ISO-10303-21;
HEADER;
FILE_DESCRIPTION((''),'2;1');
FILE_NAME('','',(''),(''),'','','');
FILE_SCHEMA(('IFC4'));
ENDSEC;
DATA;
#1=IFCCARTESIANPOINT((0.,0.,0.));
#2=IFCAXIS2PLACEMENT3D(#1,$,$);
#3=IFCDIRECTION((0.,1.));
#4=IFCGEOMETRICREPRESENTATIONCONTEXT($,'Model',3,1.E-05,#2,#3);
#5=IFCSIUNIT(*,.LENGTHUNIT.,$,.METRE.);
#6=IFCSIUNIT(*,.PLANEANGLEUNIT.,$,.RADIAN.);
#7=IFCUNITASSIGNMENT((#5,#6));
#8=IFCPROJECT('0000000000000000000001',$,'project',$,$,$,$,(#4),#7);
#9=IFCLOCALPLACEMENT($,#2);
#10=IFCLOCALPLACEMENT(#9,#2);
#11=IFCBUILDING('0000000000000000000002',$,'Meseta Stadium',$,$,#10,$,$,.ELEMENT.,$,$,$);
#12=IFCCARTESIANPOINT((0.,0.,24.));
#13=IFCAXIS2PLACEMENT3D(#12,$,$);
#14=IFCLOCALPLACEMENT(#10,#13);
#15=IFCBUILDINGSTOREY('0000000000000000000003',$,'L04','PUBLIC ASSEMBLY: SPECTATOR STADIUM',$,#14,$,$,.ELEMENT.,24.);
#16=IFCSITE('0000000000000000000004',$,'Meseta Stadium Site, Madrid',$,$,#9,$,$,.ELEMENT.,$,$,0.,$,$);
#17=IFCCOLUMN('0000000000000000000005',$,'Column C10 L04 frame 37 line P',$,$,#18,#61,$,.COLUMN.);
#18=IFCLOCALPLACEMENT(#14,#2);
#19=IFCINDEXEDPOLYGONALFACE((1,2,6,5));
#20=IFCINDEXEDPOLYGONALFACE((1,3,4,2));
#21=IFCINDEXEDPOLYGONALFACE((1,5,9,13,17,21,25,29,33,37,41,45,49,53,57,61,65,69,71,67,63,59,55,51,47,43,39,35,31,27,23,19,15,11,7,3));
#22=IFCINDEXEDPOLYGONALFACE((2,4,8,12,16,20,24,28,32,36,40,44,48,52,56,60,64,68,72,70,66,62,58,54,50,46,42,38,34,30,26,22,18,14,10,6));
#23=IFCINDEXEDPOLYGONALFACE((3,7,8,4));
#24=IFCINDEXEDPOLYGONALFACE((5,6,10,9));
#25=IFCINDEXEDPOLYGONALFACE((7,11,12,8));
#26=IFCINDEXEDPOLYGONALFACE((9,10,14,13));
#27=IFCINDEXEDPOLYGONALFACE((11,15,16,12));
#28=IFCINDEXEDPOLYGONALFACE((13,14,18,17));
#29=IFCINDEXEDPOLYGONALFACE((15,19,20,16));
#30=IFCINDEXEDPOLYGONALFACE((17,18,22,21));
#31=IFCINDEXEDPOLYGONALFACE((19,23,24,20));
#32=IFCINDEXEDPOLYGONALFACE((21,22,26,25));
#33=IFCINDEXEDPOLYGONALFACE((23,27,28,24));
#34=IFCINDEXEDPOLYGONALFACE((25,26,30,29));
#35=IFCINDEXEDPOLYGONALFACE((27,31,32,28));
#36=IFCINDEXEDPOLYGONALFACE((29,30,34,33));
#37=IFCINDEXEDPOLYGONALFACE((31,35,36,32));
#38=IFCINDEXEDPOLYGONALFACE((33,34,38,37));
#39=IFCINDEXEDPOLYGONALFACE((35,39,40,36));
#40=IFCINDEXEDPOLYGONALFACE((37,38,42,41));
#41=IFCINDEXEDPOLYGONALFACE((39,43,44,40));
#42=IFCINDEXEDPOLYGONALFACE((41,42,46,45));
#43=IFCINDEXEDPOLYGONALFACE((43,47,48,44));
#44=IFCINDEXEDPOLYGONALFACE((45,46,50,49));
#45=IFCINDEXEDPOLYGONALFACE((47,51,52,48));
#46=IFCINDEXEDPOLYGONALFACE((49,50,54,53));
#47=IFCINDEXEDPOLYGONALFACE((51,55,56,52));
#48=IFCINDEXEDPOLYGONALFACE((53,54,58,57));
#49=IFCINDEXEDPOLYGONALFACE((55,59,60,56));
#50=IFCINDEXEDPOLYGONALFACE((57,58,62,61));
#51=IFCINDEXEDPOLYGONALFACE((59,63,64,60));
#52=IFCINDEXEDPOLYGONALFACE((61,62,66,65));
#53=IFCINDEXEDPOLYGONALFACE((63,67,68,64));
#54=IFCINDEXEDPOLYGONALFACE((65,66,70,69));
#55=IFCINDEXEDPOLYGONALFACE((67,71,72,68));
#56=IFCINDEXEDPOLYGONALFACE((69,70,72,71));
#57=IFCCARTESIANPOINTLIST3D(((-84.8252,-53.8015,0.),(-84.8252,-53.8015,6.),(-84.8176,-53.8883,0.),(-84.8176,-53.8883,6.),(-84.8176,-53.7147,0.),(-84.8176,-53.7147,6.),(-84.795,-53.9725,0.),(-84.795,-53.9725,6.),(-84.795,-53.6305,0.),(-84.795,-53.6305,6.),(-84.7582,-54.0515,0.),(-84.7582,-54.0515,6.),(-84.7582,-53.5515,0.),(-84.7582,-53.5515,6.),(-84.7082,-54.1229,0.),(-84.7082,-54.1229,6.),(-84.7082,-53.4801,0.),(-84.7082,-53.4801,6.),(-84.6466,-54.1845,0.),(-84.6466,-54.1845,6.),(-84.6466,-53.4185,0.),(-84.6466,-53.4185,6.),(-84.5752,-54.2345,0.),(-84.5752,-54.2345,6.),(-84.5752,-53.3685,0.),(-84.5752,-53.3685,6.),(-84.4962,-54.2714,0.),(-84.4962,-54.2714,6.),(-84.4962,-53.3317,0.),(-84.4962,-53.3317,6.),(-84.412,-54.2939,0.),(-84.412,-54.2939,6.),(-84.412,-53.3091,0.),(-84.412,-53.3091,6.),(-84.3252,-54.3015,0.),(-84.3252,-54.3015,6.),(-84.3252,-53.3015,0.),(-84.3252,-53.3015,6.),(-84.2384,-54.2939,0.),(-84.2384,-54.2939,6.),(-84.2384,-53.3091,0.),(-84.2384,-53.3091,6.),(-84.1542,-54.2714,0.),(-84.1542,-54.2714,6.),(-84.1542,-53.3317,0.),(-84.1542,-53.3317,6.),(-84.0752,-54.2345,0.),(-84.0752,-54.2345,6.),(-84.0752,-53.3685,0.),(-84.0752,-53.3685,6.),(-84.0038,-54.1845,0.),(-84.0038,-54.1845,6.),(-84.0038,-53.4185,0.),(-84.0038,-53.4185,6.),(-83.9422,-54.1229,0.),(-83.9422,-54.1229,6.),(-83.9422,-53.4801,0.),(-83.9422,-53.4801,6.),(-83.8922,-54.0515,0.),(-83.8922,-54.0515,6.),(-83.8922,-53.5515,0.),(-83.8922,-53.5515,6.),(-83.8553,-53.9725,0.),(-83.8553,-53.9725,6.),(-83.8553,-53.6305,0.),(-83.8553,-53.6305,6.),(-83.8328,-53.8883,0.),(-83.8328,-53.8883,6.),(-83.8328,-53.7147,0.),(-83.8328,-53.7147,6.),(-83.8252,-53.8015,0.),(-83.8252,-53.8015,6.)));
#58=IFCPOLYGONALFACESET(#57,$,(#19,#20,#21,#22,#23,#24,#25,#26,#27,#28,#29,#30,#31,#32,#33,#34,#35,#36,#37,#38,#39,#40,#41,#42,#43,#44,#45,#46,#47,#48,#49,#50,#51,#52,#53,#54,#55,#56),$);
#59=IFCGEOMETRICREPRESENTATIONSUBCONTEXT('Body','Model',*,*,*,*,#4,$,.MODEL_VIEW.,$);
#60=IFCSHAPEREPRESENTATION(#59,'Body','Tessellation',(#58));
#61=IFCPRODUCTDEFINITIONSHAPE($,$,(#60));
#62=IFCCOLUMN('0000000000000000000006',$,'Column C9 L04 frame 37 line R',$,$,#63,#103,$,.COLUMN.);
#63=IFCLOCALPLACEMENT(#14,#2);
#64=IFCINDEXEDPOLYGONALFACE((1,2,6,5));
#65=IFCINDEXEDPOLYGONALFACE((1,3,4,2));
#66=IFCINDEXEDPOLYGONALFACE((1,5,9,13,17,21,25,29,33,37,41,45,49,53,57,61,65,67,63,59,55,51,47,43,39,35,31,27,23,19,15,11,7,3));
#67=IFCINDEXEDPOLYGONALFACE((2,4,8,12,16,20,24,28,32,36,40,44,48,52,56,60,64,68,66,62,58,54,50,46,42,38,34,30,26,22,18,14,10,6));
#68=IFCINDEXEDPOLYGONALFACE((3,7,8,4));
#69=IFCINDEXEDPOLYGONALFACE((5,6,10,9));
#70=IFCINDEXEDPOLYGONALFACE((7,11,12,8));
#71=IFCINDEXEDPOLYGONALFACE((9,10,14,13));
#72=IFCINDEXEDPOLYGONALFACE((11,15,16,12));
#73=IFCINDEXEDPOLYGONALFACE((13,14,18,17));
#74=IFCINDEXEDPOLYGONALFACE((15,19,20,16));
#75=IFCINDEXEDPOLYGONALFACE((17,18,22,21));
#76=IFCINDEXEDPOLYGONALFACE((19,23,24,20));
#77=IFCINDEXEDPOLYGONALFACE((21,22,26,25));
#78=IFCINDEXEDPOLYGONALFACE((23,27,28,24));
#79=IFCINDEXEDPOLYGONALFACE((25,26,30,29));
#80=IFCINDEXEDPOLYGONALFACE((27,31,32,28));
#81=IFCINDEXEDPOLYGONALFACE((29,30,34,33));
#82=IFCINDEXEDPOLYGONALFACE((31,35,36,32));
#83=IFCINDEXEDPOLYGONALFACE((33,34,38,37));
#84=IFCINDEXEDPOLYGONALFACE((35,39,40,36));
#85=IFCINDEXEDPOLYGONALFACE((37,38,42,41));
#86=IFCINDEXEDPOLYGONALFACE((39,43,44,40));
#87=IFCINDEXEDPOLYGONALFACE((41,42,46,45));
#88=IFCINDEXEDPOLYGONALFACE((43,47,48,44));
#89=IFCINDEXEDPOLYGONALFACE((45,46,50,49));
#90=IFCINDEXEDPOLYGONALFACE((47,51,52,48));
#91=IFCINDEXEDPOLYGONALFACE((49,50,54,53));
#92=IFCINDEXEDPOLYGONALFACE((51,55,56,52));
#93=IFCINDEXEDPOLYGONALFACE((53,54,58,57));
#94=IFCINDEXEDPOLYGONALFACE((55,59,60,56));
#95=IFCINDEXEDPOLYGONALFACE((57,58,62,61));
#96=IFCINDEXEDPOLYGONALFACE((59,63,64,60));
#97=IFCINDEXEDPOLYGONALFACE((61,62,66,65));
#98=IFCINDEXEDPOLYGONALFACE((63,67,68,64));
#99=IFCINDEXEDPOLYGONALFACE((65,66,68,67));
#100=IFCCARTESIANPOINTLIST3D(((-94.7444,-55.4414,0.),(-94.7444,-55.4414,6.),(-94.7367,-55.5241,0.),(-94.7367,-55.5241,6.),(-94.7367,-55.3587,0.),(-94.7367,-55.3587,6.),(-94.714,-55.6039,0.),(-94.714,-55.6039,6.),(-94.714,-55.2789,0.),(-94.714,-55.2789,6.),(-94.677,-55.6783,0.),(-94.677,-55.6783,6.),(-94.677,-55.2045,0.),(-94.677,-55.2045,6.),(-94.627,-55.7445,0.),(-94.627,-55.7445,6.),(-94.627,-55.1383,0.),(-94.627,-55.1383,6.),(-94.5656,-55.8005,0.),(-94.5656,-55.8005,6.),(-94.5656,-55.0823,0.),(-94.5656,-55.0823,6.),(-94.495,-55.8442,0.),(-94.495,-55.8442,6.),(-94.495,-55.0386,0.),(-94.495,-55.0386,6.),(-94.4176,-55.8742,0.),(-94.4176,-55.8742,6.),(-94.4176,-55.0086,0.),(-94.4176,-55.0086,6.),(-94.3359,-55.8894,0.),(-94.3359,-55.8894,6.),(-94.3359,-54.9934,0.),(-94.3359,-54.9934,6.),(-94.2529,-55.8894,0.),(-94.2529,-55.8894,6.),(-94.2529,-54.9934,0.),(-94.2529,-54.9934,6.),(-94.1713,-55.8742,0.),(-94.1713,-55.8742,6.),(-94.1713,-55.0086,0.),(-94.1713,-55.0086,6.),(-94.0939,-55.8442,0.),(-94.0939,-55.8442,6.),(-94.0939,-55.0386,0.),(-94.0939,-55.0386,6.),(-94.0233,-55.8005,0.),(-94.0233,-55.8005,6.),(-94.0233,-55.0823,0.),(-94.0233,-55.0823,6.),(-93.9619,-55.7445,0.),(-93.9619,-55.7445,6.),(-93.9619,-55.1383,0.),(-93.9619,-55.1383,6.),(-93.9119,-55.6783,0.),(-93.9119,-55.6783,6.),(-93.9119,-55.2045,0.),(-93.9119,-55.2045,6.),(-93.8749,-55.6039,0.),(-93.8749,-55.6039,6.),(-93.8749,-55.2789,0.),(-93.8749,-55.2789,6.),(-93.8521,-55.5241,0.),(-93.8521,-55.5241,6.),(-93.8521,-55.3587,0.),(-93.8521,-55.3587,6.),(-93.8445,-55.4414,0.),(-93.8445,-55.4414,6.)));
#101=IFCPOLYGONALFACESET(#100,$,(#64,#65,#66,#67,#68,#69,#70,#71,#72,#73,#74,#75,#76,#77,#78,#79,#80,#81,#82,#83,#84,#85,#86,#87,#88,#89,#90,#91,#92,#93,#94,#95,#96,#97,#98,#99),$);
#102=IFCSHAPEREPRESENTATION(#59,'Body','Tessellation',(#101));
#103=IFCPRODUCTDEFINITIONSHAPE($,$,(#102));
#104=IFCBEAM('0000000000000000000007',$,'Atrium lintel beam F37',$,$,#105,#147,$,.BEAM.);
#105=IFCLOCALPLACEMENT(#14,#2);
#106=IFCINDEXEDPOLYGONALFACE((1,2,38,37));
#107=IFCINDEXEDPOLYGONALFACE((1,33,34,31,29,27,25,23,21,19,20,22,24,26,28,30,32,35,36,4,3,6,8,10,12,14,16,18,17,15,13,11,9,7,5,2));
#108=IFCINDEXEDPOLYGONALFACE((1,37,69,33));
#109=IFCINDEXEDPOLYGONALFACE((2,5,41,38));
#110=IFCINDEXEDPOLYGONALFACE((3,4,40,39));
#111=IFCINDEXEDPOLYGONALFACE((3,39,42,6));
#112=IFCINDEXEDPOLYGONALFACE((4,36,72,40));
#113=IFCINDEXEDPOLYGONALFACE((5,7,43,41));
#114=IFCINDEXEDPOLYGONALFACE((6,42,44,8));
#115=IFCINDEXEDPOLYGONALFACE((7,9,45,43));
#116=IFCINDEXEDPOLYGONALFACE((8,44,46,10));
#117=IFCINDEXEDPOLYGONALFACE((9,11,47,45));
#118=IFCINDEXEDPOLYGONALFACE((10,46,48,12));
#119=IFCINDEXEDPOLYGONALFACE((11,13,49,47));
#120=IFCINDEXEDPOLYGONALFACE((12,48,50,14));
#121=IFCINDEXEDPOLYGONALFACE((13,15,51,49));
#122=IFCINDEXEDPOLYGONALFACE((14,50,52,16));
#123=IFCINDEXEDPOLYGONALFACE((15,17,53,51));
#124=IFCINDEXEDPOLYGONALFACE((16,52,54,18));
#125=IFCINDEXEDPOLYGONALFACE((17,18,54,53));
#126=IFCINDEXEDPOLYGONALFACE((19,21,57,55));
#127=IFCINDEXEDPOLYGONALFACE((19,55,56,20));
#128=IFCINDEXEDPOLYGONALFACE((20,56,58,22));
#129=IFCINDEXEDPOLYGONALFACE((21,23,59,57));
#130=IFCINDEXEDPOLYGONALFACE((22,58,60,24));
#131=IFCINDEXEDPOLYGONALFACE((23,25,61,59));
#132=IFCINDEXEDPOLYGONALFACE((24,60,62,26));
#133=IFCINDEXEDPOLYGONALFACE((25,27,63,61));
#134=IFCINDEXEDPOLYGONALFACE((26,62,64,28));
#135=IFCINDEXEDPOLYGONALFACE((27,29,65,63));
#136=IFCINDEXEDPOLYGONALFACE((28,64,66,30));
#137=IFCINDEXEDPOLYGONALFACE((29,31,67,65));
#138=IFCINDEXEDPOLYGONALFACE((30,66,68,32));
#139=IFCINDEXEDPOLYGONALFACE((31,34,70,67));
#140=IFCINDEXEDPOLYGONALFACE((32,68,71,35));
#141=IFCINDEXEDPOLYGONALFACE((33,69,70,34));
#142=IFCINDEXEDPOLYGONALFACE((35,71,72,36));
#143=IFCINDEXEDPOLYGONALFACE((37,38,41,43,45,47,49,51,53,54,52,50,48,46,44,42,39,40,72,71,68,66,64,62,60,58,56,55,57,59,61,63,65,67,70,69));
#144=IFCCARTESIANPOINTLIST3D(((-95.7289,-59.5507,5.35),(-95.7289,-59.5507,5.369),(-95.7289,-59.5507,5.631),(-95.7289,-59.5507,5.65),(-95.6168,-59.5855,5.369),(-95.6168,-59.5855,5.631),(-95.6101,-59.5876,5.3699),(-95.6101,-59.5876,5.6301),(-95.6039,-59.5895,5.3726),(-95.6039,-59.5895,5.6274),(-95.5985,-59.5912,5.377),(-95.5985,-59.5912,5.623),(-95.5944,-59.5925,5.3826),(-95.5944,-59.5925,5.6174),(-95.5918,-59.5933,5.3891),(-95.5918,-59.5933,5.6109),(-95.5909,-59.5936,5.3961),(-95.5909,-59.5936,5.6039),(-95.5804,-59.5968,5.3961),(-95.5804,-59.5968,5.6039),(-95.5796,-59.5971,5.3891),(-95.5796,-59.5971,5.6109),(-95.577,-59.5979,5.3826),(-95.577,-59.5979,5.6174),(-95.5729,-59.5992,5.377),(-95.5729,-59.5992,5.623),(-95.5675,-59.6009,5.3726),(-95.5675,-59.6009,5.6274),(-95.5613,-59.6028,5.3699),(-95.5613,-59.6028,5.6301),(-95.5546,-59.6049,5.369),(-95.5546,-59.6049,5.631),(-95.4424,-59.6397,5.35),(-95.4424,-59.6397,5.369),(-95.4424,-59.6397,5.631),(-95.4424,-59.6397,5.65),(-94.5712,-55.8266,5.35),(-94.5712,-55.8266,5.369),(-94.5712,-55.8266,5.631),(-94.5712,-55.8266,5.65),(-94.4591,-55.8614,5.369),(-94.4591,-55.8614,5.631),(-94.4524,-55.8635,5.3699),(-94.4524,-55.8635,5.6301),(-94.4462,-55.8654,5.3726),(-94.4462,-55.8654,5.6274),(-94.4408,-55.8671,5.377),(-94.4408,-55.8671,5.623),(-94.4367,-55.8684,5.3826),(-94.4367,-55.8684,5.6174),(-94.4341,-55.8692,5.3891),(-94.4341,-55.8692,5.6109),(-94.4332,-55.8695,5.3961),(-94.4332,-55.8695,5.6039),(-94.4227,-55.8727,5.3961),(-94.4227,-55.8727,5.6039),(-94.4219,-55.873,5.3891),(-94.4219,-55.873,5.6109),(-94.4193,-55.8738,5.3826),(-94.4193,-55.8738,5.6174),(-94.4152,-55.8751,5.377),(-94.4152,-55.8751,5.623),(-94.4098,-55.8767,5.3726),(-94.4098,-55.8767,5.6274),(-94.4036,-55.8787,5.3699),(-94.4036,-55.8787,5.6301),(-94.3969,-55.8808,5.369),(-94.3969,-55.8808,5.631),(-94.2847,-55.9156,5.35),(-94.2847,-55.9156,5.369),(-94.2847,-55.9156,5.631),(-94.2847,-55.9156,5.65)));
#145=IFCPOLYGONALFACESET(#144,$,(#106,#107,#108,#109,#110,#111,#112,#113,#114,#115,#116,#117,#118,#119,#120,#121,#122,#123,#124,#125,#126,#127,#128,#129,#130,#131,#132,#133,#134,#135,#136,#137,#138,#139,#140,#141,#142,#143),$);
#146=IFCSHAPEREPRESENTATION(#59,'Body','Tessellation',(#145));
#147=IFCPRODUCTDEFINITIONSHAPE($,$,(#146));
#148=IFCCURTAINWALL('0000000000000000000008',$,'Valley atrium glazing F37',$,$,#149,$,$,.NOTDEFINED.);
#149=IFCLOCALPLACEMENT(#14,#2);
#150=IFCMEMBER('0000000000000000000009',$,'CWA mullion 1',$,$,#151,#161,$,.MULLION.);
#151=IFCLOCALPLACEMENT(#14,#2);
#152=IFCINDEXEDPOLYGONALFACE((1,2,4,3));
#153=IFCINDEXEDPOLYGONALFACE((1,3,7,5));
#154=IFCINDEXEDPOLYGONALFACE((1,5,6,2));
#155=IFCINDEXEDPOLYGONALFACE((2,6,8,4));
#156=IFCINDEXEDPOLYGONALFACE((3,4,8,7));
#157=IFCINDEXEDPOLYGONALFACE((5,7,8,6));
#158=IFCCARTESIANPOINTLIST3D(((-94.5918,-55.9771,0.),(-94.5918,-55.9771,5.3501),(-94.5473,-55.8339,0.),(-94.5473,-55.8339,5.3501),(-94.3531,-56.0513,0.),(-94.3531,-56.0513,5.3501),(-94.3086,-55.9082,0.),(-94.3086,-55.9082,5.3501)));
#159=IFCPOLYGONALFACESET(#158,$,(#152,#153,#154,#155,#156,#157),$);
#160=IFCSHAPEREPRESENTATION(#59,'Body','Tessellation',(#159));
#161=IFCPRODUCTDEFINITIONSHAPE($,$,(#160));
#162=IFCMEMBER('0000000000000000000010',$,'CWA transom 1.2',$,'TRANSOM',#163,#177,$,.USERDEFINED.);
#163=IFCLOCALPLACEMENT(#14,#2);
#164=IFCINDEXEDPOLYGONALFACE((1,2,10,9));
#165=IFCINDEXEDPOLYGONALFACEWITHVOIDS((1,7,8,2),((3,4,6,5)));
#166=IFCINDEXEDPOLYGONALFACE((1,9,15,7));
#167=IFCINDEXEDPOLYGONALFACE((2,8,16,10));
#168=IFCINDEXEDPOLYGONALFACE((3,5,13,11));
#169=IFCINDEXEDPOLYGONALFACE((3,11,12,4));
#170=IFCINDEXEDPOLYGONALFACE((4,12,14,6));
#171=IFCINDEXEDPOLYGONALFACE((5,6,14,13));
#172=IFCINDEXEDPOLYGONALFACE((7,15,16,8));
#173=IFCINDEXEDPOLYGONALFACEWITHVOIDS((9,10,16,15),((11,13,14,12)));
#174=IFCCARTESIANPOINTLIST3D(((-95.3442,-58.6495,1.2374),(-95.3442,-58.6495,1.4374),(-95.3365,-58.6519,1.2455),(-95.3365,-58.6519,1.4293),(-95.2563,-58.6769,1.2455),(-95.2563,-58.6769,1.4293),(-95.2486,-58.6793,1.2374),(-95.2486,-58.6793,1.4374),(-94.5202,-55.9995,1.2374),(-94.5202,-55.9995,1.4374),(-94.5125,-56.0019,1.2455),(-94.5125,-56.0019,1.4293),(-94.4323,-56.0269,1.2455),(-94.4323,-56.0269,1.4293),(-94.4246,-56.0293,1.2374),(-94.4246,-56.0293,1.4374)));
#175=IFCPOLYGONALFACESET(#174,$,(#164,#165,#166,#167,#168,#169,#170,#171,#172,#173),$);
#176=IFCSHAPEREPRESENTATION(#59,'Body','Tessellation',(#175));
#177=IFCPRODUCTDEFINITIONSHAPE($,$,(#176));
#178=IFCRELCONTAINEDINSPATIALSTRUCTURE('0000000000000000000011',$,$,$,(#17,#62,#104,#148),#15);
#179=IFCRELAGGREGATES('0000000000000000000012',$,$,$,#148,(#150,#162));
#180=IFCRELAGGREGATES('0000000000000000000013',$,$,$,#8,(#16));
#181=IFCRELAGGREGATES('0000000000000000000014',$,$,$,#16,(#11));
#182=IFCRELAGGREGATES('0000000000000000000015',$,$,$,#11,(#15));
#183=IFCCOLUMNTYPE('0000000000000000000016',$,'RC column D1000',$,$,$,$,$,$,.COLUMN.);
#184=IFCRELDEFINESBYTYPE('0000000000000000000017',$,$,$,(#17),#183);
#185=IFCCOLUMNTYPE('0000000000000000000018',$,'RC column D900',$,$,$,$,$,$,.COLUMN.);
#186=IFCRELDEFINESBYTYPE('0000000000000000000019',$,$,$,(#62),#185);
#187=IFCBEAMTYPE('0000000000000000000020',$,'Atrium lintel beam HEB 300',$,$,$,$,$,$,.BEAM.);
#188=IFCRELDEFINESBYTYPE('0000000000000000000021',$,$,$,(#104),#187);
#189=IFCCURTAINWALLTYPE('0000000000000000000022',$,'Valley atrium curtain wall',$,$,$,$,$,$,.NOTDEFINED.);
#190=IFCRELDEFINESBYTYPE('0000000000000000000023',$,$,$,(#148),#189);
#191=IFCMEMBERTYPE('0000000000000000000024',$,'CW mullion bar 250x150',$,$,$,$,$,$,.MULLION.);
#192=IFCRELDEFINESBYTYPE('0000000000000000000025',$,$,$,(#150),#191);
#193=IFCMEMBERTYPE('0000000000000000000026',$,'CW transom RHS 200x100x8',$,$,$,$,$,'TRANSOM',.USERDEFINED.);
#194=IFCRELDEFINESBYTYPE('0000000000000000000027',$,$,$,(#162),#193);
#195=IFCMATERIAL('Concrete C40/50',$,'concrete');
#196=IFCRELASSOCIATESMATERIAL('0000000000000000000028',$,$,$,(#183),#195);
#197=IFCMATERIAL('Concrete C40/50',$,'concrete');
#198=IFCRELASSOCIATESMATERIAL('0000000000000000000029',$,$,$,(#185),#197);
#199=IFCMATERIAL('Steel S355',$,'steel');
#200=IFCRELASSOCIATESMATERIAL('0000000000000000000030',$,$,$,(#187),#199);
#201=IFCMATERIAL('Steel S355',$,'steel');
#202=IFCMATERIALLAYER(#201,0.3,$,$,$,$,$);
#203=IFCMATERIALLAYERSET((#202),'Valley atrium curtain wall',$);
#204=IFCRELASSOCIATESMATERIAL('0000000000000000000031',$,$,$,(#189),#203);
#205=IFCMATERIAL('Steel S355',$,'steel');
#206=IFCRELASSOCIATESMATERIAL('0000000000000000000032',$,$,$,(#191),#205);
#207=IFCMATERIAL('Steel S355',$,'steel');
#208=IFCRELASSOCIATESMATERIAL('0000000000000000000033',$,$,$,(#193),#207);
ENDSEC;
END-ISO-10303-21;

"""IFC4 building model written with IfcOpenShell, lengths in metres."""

from ifc_helpers import new_model, si_unit, direction, frame, origin, origin_2d, place, context, subcontext, project, spatial, rectangle, hollow_rectangle, circle, i_section, extrude, material, layer, layer_set, material_profile, profile_set, type_object, element, aggregate, save


model = new_model("IFC4")

# Units and contexts
model_context = context("Model", 3, precision=1e-05, world=origin(), true_north=direction((0.0, 1.0)))
body_context = subcontext(model_context, "Body", "Model", "MODEL_VIEW")
ifc_project = project(units=[si_unit("LENGTHUNIT", "METRE"), si_unit("PLANEANGLEUNIT", "RADIAN")], contexts=[model_context])

# Site, building, storey
site_placement = place(None, origin())
site = spatial("IfcSite", under=ifc_project, at=site_placement, Name="Meseta Stadium Site, Madrid", CompositionType="ELEMENT", RefElevation=0.0)
building_placement = place(site_placement, origin())
building = spatial("IfcBuilding", under=site, at=building_placement, Name="Meseta Stadium", CompositionType="ELEMENT")
storey_placement = place(building_placement, frame((0.0, 0.0, 24.0)))
storey = spatial("IfcBuildingStorey", under=building, at=storey_placement, Name="L04", Description="PUBLIC ASSEMBLY: SPECTATOR STADIUM", CompositionType="ELEMENT", Elevation=24.0)

# Columns
ifc_material_1 = material(Name="Concrete C40/50", Category="concrete")
ifc_material_profile_1 = material_profile(ifc_material_1, circle(Radius=0.5, at=origin_2d()), Name="RC D1000")
ifc_profile_set_1 = profile_set([ifc_material_profile_1], Name="Concrete C40/50")
column_type_1 = type_object("IfcColumnType", Name="RC column D1000", PredefinedType="COLUMN", material=ifc_profile_set_1)
column_1_placement = place(storey_placement, frame((-84.3252, -53.8015, 0.0), z_axis=(0.0, 0.0, 1.0), x_axis=(1.0, 0.0, 0.0)))
element("IfcColumn", 1, at=column_1_placement, inside=storey, type_object=column_type_1, Name="Column C10 L04 frame 37 line P", PredefinedType="COLUMN", context=body_context, shape_type="SweptSolid", body=[
    extrude(circle(Radius=0.5, at=origin_2d()), origin(), (0.0, 0.0, 1.0), 6.0),
])
ifc_material_2 = material(Name="Concrete C40/50", Category="concrete")
ifc_material_profile_2 = material_profile(ifc_material_2, circle(Radius=0.45, at=origin_2d()), Name="RC D900")
ifc_profile_set_2 = profile_set([ifc_material_profile_2], Name="Concrete C40/50")
column_type_2 = type_object("IfcColumnType", Name="RC column D900", PredefinedType="COLUMN", material=ifc_profile_set_2)
column_2_placement = place(storey_placement, frame((-94.2944, -55.4414, 0.0), z_axis=(0.0, 0.0, 1.0), x_axis=(1.0, 0.0, 0.0)))
element("IfcColumn", 2, at=column_2_placement, inside=storey, type_object=column_type_2, Name="Column C9 L04 frame 37 line R", PredefinedType="COLUMN", context=body_context, shape_type="SweptSolid", body=[
    extrude(circle(Radius=0.45, at=origin_2d()), origin(), (0.0, 0.0, 1.0), 6.0),
])

# Beam
ifc_material_3 = material(Name="Steel S355", Category="steel")
ifc_material_profile_3 = material_profile(ifc_material_3, i_section(OverallWidth=0.3, OverallDepth=0.3, WebThickness=0.011, FlangeThickness=0.019, FilletRadius=0.0271, at=origin_2d()), Name="HEB 300")
ifc_profile_set_3 = profile_set([ifc_material_profile_3], Name="Steel S355")
beam_type_1 = type_object("IfcBeamType", Name="Atrium lintel beam HEB 300", PredefinedType="BEAM", material=ifc_profile_set_3)
beam_1_placement = place(storey_placement, frame((-94.428, -55.8711, 5.5), z_axis=(-0.296856, -0.954922, 0.0), x_axis=(0.954922, -0.296856, 0.0)))
element("IfcBeam", 3, at=beam_1_placement, inside=storey, type_object=beam_type_1, Name="Atrium lintel beam F37", PredefinedType="BEAM", context=body_context, shape_type="SweptSolid", body=[
    extrude(i_section(OverallWidth=0.3, OverallDepth=0.3, WebThickness=0.011, FlangeThickness=0.019, FilletRadius=0.0271, at=origin_2d()), origin(), (0.0, 0.0, 1.0), 3.8999),
])

# Curtain wall, members
ifc_material_4 = material(Name="Steel S355", Category="steel")
ifc_layer_1 = layer(ifc_material_4, 0.3)
ifc_layer_set_1 = layer_set([ifc_layer_1], Name="Valley atrium curtain wall")
curtain_wall_type = type_object("IfcCurtainWallType", Name="Valley atrium curtain wall", PredefinedType="NOTDEFINED", material=ifc_layer_set_1)
curtain_wall_placement = place(storey_placement, origin())
curtain_wall = element("IfcCurtainWall", 4, at=curtain_wall_placement, inside=storey, type_object=curtain_wall_type, Name="Valley atrium glazing F37", PredefinedType="NOTDEFINED")
ifc_material_5 = material(Name="Steel S355", Category="steel")
ifc_material_profile_4 = material_profile(ifc_material_5, rectangle(XDim=0.25, YDim=0.1499, at=origin_2d()), Name="CW 250x150")
ifc_profile_set_4 = profile_set([ifc_material_profile_4], Name="Steel S355")
member_type_1 = type_object("IfcMemberType", Name="CW mullion bar 250x150", PredefinedType="MULLION", material=ifc_profile_set_4)
member_1_placement = place(storey_placement, frame((-94.4502, -55.9426, 0.0), z_axis=(0.0, 0.0, 1.0), x_axis=(0.954918, -0.296869, 0.0)))
member_1 = element("IfcMember", 5, at=member_1_placement, type_object=member_type_1, Name="CWA mullion 1", PredefinedType="MULLION", context=body_context, shape_type="SweptSolid", body=[
    extrude(rectangle(XDim=0.25, YDim=0.1499, at=origin_2d()), origin(), (0.0, 0.0, 1.0), 5.3501),
])
ifc_material_6 = material(Name="Steel S355", Category="steel")
ifc_material_profile_5 = material_profile(ifc_material_6, hollow_rectangle(XDim=0.1001, YDim=0.2, WallThickness=0.0081, at=origin_2d()), Name="RHS 200x100x8")
ifc_profile_set_5 = profile_set([ifc_material_profile_5], Name="Steel S355")
member_type_2 = type_object("IfcMemberType", Name="CW transom RHS 200x100x8", ElementType="TRANSOM", PredefinedType="USERDEFINED", material=ifc_profile_set_5)
member_2_placement = place(storey_placement, frame((-94.4724, -56.0144, 1.3374), z_axis=(-0.296922, -0.954902, 0.0), x_axis=(0.954902, -0.296922, 0.0)))
member_2 = element("IfcMember", 6, at=member_2_placement, type_object=member_type_2, Name="CWA transom 1.2", ObjectType="TRANSOM", PredefinedType="USERDEFINED", context=body_context, shape_type="SweptSolid", body=[
    extrude(hollow_rectangle(XDim=0.1001, YDim=0.2, WallThickness=0.0081, at=origin_2d()), origin(), (0.0, 0.0, 1.0), 2.7751),
])
aggregate(curtain_wall, [member_1, member_2])

save(model, "model.ifc")
